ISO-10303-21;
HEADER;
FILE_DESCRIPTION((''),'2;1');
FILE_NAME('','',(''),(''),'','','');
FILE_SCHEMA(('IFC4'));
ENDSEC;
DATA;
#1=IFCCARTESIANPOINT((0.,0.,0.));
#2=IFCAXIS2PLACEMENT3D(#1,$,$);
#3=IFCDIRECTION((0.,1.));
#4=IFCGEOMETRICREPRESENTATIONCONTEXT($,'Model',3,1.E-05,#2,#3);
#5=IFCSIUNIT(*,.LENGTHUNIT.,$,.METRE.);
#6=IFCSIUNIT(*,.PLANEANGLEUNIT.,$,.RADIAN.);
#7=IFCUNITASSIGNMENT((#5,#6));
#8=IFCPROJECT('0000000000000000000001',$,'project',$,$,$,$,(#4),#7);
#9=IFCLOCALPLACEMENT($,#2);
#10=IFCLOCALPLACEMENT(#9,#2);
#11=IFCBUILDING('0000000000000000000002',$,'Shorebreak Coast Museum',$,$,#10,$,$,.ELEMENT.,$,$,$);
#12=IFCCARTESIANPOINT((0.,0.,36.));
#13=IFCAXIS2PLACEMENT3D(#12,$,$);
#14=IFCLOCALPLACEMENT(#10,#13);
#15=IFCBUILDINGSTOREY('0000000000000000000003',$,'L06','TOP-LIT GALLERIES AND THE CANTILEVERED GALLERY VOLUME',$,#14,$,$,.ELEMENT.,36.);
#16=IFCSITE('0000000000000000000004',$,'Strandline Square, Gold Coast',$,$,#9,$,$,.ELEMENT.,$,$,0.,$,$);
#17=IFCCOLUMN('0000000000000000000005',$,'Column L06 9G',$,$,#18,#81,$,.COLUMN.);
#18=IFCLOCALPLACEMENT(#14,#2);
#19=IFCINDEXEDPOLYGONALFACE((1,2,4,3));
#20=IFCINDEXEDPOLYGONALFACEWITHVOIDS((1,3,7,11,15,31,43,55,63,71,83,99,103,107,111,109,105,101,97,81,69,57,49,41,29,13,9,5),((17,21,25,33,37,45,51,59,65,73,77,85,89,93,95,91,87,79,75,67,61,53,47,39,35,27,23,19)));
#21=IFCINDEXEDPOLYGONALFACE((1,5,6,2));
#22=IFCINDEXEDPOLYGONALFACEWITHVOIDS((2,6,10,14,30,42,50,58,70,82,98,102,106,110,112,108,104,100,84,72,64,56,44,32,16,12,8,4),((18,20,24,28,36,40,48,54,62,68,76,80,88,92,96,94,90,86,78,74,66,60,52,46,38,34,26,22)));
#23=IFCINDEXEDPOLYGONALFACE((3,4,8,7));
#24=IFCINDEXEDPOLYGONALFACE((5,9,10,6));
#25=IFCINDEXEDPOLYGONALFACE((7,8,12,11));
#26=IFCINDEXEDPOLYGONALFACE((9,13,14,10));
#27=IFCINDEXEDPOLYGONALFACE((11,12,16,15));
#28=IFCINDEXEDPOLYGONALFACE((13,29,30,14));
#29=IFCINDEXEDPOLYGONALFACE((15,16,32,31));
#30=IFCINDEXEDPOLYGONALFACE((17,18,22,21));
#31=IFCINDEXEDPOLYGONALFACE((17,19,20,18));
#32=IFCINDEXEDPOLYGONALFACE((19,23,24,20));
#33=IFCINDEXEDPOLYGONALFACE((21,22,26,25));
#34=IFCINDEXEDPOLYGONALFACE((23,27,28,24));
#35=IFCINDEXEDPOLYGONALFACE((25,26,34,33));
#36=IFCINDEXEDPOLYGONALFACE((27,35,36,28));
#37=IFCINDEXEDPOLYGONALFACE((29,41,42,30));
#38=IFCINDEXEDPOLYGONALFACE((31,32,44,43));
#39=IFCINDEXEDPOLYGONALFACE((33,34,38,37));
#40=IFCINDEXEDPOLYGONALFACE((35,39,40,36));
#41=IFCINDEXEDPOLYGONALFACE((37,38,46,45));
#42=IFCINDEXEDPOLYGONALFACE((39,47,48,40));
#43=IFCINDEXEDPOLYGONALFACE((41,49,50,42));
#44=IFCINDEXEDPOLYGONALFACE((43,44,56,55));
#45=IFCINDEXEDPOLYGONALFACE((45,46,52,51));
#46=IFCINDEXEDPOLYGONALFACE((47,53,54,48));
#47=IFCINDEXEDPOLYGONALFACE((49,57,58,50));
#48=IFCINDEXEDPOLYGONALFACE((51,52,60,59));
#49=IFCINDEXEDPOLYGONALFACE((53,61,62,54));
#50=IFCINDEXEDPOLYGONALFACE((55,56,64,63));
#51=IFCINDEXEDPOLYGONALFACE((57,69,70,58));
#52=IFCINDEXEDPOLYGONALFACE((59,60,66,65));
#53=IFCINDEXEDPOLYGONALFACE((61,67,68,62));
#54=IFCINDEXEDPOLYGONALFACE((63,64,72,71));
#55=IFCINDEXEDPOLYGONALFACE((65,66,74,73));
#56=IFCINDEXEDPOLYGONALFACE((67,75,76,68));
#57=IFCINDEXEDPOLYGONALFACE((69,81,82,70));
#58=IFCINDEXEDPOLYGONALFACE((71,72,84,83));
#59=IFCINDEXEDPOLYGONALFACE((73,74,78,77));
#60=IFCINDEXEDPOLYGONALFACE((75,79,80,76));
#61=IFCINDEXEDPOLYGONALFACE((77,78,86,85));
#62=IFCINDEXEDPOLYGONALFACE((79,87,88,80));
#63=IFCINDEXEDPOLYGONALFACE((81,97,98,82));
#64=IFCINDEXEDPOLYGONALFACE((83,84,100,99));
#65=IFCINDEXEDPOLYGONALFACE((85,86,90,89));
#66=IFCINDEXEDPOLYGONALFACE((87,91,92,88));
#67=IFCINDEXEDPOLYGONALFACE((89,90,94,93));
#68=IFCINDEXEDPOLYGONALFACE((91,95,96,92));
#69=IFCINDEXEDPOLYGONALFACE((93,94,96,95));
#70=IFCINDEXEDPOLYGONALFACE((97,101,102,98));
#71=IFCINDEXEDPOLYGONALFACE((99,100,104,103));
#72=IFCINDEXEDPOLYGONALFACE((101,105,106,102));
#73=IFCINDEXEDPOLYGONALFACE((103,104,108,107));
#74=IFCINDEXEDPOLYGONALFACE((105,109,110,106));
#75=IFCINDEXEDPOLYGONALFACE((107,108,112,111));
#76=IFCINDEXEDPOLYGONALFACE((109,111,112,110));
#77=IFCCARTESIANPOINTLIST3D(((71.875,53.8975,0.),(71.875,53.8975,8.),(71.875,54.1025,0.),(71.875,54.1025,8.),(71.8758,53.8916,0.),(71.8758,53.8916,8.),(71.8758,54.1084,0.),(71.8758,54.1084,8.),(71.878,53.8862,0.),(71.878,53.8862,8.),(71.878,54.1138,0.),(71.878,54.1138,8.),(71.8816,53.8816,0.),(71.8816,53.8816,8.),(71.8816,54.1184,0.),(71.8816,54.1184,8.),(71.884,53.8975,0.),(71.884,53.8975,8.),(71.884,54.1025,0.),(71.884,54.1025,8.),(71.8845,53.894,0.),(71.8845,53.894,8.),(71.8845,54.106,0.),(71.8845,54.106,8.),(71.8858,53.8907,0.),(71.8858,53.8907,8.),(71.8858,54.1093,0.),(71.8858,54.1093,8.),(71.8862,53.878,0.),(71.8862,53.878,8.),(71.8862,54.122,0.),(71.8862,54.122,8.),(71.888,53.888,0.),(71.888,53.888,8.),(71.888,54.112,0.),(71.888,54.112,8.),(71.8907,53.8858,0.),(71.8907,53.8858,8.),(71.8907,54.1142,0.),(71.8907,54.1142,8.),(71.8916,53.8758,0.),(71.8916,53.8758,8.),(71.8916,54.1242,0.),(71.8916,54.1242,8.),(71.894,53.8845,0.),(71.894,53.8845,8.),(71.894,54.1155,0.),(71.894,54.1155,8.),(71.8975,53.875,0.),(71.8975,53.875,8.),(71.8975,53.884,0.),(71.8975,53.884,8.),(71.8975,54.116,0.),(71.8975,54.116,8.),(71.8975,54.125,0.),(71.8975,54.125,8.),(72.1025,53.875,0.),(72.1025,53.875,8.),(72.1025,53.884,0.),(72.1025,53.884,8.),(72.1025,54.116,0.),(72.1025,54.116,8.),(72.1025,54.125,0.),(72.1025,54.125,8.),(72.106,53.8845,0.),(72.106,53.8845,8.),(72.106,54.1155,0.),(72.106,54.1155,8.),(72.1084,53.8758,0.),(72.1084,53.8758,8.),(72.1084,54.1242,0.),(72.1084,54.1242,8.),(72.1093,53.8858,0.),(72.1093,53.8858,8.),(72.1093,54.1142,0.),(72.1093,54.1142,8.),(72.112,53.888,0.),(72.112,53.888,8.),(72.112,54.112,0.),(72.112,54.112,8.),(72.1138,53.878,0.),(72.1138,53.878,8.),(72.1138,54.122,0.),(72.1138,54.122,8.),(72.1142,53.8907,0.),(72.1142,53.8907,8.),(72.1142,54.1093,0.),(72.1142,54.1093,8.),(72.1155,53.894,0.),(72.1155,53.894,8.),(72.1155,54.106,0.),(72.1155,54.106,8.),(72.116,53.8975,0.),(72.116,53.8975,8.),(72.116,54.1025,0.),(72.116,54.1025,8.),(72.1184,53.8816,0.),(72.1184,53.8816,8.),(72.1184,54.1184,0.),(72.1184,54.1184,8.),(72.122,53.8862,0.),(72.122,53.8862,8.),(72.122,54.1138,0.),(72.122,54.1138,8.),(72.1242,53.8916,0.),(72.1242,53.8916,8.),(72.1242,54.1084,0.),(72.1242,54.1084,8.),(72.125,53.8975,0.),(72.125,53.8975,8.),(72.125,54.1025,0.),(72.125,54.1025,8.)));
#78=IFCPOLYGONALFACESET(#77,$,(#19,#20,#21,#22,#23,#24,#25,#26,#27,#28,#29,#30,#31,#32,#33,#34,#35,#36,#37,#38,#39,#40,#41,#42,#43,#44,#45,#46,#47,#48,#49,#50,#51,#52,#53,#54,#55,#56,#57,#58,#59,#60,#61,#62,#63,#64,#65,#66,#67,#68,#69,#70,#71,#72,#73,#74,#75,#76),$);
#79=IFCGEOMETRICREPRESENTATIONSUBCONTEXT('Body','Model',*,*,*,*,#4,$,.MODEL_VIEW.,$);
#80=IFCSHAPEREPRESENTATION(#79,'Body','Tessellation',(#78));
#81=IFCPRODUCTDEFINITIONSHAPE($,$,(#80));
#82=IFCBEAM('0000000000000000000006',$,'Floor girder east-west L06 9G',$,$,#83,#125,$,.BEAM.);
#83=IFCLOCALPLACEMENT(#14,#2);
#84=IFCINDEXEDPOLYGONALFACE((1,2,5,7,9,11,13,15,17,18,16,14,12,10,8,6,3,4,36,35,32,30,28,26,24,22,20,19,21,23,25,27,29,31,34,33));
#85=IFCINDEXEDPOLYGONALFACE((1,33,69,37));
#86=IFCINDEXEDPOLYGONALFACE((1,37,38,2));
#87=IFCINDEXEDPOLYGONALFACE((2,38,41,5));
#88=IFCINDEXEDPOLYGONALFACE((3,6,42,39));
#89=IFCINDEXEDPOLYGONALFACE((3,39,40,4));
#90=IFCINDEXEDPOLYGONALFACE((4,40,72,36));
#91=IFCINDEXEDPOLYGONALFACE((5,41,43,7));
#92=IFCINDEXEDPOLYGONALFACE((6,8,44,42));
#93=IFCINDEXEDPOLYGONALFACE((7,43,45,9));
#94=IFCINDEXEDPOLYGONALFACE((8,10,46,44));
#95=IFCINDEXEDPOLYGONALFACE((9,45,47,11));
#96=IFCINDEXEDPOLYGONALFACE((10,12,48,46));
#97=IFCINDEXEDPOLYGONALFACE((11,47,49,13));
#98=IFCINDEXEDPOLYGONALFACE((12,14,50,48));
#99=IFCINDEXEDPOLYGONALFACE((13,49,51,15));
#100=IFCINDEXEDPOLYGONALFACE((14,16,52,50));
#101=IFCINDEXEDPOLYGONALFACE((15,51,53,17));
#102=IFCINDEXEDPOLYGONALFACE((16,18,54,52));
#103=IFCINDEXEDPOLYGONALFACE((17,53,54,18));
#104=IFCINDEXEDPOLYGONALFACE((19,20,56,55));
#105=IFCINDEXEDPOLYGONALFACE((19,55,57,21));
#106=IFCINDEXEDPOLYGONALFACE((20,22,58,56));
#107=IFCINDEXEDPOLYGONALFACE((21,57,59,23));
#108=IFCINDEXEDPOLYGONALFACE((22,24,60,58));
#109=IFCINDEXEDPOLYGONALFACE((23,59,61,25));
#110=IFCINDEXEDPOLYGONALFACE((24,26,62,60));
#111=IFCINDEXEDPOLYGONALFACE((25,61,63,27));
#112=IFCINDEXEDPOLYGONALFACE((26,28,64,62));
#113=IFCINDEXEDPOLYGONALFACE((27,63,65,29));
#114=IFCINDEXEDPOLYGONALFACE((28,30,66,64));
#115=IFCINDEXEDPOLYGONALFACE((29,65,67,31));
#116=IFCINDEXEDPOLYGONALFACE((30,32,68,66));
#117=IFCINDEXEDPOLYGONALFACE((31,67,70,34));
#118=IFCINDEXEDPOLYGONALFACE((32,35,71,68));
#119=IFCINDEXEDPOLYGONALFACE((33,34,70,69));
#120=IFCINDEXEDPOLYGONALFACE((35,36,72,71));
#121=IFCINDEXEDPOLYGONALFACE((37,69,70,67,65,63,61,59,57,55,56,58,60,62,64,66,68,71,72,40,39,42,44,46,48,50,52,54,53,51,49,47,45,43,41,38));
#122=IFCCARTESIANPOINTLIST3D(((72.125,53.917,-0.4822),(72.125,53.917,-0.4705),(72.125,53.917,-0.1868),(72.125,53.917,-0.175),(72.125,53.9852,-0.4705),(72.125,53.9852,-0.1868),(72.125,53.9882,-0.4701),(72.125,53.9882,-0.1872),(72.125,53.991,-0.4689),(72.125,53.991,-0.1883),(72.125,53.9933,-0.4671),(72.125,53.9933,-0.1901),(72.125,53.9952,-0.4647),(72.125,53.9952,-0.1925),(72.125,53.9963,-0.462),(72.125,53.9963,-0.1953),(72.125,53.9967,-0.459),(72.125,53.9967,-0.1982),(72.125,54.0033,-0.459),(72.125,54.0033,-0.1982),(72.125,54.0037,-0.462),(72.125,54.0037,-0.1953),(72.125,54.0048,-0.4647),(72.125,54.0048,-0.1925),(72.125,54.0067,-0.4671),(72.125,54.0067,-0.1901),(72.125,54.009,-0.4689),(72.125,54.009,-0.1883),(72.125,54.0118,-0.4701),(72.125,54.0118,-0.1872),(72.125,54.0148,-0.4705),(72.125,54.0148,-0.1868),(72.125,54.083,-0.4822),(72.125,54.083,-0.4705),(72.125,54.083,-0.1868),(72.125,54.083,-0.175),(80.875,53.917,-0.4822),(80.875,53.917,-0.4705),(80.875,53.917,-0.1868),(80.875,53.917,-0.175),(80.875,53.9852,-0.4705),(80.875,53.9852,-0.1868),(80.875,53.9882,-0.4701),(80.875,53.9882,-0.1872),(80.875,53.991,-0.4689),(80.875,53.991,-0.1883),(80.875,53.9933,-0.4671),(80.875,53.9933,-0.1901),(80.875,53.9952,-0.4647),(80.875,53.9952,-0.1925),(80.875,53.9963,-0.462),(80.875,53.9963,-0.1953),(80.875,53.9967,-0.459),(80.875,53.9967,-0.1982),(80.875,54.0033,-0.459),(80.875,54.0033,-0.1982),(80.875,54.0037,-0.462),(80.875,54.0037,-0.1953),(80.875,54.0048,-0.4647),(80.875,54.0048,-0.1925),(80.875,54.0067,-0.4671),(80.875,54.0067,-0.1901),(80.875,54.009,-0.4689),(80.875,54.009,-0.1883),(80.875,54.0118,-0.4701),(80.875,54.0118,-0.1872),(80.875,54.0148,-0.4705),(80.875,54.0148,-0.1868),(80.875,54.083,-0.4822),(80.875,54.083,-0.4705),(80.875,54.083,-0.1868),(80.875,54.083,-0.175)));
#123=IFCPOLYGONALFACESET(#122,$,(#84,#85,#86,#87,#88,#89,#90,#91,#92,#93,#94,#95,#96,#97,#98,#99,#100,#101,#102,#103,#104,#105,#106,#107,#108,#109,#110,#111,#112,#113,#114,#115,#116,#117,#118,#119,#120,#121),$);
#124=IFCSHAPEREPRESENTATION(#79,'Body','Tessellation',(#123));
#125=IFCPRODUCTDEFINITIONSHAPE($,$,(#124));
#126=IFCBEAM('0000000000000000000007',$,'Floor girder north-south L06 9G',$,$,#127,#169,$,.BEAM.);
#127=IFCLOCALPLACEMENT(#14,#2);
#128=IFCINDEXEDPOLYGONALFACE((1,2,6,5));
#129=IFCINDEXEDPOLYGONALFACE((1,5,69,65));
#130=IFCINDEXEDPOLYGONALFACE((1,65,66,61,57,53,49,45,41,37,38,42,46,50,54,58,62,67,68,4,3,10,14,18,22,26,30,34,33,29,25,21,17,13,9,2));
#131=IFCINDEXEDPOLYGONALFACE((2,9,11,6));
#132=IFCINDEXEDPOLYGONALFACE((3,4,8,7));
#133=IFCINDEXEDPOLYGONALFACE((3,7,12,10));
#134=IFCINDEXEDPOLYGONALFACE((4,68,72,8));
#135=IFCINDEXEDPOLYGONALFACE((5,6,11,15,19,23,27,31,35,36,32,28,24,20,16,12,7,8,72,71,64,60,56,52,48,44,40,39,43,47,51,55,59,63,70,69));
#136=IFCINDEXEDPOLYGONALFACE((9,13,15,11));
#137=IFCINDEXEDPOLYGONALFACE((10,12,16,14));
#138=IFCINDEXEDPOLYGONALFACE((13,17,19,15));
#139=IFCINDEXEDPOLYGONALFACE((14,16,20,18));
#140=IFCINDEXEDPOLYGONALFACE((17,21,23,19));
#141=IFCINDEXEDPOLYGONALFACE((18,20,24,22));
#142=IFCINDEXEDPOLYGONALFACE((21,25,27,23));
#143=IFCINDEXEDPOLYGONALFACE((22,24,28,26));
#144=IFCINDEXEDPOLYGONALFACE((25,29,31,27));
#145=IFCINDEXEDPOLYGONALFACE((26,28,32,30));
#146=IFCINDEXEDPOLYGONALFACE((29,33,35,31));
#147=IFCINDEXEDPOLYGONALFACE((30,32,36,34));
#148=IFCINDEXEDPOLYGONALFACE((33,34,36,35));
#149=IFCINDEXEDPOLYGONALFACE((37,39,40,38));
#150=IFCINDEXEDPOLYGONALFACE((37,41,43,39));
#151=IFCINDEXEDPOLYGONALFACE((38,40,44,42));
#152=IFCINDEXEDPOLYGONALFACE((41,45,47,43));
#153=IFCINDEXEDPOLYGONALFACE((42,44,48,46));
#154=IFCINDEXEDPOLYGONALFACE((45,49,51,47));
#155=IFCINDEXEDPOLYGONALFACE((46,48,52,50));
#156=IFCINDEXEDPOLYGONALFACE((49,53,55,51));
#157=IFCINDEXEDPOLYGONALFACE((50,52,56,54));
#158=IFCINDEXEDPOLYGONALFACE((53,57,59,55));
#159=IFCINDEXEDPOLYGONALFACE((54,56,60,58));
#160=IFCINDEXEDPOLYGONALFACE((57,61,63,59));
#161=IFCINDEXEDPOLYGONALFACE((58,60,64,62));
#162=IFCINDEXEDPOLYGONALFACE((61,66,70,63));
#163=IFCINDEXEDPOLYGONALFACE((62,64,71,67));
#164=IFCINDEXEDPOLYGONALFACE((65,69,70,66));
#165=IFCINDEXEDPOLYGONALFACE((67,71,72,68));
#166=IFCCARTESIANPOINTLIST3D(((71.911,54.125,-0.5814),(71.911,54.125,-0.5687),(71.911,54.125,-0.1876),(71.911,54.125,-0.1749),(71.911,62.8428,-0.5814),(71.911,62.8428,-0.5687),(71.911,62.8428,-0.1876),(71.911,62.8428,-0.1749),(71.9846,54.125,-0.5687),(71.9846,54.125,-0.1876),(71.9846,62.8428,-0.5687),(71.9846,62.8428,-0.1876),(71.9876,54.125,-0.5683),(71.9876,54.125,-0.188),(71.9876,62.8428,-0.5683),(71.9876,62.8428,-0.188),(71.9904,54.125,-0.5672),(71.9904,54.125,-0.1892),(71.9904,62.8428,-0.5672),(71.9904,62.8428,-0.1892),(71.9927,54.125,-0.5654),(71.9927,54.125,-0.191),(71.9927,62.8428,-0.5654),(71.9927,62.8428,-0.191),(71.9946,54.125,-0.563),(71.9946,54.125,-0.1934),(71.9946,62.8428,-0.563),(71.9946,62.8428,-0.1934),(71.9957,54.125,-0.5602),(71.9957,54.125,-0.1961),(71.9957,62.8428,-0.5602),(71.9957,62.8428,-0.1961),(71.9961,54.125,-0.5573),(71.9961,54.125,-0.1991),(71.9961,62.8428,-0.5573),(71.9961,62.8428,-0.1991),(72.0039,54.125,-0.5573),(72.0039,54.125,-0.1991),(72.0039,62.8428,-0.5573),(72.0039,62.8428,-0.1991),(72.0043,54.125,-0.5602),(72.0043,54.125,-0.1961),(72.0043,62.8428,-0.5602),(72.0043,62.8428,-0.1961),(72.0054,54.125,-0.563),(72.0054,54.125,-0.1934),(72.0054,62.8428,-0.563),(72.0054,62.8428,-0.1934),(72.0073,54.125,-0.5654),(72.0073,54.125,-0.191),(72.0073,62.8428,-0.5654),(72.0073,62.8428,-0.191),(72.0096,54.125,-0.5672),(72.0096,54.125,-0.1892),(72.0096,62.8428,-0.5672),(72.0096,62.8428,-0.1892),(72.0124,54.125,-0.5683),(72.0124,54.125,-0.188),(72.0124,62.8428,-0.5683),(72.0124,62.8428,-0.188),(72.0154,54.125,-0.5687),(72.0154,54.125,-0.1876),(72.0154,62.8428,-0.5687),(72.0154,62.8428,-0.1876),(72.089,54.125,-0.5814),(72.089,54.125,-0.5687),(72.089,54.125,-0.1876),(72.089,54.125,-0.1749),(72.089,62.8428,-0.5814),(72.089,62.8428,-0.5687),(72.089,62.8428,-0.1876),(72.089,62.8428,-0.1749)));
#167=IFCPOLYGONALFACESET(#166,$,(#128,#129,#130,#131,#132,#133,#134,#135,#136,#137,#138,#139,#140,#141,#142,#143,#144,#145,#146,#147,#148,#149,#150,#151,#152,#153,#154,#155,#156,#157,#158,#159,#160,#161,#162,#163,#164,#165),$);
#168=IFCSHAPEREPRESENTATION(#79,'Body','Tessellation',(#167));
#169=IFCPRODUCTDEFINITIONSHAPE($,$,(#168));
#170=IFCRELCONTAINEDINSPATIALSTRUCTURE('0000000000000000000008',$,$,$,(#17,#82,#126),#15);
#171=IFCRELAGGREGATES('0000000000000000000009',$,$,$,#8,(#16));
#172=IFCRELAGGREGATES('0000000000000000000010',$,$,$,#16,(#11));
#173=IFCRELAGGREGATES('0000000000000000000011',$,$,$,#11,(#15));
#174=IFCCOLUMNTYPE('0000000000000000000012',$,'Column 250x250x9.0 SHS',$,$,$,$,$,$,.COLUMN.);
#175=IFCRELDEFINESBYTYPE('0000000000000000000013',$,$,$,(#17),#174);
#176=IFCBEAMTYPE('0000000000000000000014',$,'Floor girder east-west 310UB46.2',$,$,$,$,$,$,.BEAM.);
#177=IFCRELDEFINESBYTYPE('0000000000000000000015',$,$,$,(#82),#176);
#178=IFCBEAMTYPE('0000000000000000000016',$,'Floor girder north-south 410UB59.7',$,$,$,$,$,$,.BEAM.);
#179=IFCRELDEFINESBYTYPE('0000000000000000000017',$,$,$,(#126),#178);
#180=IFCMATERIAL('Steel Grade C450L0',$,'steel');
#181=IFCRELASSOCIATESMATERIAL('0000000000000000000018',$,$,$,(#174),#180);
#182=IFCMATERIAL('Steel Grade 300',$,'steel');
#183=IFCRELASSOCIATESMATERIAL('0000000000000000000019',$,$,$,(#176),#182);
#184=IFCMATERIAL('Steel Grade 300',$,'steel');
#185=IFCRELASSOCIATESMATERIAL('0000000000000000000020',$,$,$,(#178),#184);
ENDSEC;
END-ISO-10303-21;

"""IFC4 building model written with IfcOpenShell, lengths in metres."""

from ifc_helpers import new_model, si_unit, direction, frame, origin, origin_2d, place, context, subcontext, project, spatial, hollow_rectangle, i_section, extrude, material, material_profile, profile_set, type_object, element, save


model = new_model("IFC4")

# Units and contexts
model_context = context("Model", 3, precision=1e-05, world=origin(), true_north=direction((0.0, 1.0)))
body_context = subcontext(model_context, "Body", "Model", "MODEL_VIEW")
ifc_project = project(units=[si_unit("LENGTHUNIT", "METRE"), si_unit("PLANEANGLEUNIT", "RADIAN")], contexts=[model_context])

# Site, building, storey
site_placement = place(None, origin())
site = spatial("IfcSite", under=ifc_project, at=site_placement, Name="Strandline Square, Gold Coast", CompositionType="ELEMENT", RefElevation=0.0)
building_placement = place(site_placement, origin())
building = spatial("IfcBuilding", under=site, at=building_placement, Name="Shorebreak Coast Museum", CompositionType="ELEMENT")
storey_placement = place(building_placement, frame((0.0, 0.0, 36.0)))
storey = spatial("IfcBuildingStorey", under=building, at=storey_placement, Name="L06", Description="TOP-LIT GALLERIES AND THE CANTILEVERED GALLERY VOLUME", CompositionType="ELEMENT", Elevation=36.0)

# Column
ifc_material_1 = material(Name="Steel Grade C450L0", Category="steel")
ifc_material_profile_1 = material_profile(ifc_material_1, hollow_rectangle(XDim=0.25, YDim=0.25, WallThickness=0.009, InnerFilletRadius=0.0134, OuterFilletRadius=0.0225, at=origin_2d()), Name="250x250x9.0 SHS")
ifc_profile_set_1 = profile_set([ifc_material_profile_1], Name="Steel Grade C450L0")
column_type = type_object("IfcColumnType", Name="Column 250x250x9.0 SHS", PredefinedType="COLUMN", material=ifc_profile_set_1)
column_placement = place(storey_placement, frame((72.0, 54.0, 0.0), z_axis=(0.0, 0.0, 1.0), x_axis=(1.0, 0.0, 0.0)))
element("IfcColumn", 1, at=column_placement, inside=storey, type_object=column_type, Name="Column L06 9G", PredefinedType="COLUMN", context=body_context, shape_type="SweptSolid", body=[
    extrude(hollow_rectangle(XDim=0.25, YDim=0.25, WallThickness=0.009, InnerFilletRadius=0.0134, OuterFilletRadius=0.0225, at=origin_2d()), origin(), (0.0, 0.0, 1.0), 8.0),
])

# Beams
ifc_material_2 = material(Name="Steel Grade 300", Category="steel")
ifc_material_profile_2 = material_profile(ifc_material_2, i_section(OverallWidth=0.166, OverallDepth=0.3071, WebThickness=0.0066, FlangeThickness=0.0117, FilletRadius=0.0115, at=origin_2d()), Name="310UB46.2")
ifc_profile_set_2 = profile_set([ifc_material_profile_2], Name="Steel Grade 300")
beam_type_1 = type_object("IfcBeamType", Name="Floor girder east-west 310UB46.2", PredefinedType="BEAM", material=ifc_profile_set_2)
beam_1_placement = place(storey_placement, frame((72.125, 54.0, -0.3286), z_axis=(1.0, 0.0, 0.0), x_axis=(0.0, 1.0, 0.0)))
element("IfcBeam", 2, at=beam_1_placement, inside=storey, type_object=beam_type_1, Name="Floor girder east-west L06 9G", PredefinedType="BEAM", context=body_context, shape_type="SweptSolid", body=[
    extrude(i_section(OverallWidth=0.166, OverallDepth=0.3071, WebThickness=0.0066, FlangeThickness=0.0117, FilletRadius=0.0115, at=origin_2d()), origin(), (0.0, 0.0, 1.0), 8.75),
])
ifc_material_3 = material(Name="Steel Grade 300", Category="steel")
ifc_material_profile_3 = material_profile(ifc_material_3, i_section(OverallWidth=0.178, OverallDepth=0.4065, WebThickness=0.0078, FlangeThickness=0.0127, FilletRadius=0.0115, at=origin_2d()), Name="410UB59.7")
ifc_profile_set_3 = profile_set([ifc_material_profile_3], Name="Steel Grade 300")
beam_type_2 = type_object("IfcBeamType", Name="Floor girder north-south 410UB59.7", PredefinedType="BEAM", material=ifc_profile_set_3)
beam_2_placement = place(storey_placement, frame((72.0, 54.125, -0.3782), z_axis=(0.0, 1.0, 0.0), x_axis=(-1.0, 0.0, 0.0)))
element("IfcBeam", 3, at=beam_2_placement, inside=storey, type_object=beam_type_2, Name="Floor girder north-south L06 9G", PredefinedType="BEAM", context=body_context, shape_type="SweptSolid", body=[
    extrude(i_section(OverallWidth=0.178, OverallDepth=0.4065, WebThickness=0.0078, FlangeThickness=0.0127, FilletRadius=0.0115, at=origin_2d()), origin(), (0.0, 0.0, 1.0), 8.7178),
])

save(model, "model.ifc")
